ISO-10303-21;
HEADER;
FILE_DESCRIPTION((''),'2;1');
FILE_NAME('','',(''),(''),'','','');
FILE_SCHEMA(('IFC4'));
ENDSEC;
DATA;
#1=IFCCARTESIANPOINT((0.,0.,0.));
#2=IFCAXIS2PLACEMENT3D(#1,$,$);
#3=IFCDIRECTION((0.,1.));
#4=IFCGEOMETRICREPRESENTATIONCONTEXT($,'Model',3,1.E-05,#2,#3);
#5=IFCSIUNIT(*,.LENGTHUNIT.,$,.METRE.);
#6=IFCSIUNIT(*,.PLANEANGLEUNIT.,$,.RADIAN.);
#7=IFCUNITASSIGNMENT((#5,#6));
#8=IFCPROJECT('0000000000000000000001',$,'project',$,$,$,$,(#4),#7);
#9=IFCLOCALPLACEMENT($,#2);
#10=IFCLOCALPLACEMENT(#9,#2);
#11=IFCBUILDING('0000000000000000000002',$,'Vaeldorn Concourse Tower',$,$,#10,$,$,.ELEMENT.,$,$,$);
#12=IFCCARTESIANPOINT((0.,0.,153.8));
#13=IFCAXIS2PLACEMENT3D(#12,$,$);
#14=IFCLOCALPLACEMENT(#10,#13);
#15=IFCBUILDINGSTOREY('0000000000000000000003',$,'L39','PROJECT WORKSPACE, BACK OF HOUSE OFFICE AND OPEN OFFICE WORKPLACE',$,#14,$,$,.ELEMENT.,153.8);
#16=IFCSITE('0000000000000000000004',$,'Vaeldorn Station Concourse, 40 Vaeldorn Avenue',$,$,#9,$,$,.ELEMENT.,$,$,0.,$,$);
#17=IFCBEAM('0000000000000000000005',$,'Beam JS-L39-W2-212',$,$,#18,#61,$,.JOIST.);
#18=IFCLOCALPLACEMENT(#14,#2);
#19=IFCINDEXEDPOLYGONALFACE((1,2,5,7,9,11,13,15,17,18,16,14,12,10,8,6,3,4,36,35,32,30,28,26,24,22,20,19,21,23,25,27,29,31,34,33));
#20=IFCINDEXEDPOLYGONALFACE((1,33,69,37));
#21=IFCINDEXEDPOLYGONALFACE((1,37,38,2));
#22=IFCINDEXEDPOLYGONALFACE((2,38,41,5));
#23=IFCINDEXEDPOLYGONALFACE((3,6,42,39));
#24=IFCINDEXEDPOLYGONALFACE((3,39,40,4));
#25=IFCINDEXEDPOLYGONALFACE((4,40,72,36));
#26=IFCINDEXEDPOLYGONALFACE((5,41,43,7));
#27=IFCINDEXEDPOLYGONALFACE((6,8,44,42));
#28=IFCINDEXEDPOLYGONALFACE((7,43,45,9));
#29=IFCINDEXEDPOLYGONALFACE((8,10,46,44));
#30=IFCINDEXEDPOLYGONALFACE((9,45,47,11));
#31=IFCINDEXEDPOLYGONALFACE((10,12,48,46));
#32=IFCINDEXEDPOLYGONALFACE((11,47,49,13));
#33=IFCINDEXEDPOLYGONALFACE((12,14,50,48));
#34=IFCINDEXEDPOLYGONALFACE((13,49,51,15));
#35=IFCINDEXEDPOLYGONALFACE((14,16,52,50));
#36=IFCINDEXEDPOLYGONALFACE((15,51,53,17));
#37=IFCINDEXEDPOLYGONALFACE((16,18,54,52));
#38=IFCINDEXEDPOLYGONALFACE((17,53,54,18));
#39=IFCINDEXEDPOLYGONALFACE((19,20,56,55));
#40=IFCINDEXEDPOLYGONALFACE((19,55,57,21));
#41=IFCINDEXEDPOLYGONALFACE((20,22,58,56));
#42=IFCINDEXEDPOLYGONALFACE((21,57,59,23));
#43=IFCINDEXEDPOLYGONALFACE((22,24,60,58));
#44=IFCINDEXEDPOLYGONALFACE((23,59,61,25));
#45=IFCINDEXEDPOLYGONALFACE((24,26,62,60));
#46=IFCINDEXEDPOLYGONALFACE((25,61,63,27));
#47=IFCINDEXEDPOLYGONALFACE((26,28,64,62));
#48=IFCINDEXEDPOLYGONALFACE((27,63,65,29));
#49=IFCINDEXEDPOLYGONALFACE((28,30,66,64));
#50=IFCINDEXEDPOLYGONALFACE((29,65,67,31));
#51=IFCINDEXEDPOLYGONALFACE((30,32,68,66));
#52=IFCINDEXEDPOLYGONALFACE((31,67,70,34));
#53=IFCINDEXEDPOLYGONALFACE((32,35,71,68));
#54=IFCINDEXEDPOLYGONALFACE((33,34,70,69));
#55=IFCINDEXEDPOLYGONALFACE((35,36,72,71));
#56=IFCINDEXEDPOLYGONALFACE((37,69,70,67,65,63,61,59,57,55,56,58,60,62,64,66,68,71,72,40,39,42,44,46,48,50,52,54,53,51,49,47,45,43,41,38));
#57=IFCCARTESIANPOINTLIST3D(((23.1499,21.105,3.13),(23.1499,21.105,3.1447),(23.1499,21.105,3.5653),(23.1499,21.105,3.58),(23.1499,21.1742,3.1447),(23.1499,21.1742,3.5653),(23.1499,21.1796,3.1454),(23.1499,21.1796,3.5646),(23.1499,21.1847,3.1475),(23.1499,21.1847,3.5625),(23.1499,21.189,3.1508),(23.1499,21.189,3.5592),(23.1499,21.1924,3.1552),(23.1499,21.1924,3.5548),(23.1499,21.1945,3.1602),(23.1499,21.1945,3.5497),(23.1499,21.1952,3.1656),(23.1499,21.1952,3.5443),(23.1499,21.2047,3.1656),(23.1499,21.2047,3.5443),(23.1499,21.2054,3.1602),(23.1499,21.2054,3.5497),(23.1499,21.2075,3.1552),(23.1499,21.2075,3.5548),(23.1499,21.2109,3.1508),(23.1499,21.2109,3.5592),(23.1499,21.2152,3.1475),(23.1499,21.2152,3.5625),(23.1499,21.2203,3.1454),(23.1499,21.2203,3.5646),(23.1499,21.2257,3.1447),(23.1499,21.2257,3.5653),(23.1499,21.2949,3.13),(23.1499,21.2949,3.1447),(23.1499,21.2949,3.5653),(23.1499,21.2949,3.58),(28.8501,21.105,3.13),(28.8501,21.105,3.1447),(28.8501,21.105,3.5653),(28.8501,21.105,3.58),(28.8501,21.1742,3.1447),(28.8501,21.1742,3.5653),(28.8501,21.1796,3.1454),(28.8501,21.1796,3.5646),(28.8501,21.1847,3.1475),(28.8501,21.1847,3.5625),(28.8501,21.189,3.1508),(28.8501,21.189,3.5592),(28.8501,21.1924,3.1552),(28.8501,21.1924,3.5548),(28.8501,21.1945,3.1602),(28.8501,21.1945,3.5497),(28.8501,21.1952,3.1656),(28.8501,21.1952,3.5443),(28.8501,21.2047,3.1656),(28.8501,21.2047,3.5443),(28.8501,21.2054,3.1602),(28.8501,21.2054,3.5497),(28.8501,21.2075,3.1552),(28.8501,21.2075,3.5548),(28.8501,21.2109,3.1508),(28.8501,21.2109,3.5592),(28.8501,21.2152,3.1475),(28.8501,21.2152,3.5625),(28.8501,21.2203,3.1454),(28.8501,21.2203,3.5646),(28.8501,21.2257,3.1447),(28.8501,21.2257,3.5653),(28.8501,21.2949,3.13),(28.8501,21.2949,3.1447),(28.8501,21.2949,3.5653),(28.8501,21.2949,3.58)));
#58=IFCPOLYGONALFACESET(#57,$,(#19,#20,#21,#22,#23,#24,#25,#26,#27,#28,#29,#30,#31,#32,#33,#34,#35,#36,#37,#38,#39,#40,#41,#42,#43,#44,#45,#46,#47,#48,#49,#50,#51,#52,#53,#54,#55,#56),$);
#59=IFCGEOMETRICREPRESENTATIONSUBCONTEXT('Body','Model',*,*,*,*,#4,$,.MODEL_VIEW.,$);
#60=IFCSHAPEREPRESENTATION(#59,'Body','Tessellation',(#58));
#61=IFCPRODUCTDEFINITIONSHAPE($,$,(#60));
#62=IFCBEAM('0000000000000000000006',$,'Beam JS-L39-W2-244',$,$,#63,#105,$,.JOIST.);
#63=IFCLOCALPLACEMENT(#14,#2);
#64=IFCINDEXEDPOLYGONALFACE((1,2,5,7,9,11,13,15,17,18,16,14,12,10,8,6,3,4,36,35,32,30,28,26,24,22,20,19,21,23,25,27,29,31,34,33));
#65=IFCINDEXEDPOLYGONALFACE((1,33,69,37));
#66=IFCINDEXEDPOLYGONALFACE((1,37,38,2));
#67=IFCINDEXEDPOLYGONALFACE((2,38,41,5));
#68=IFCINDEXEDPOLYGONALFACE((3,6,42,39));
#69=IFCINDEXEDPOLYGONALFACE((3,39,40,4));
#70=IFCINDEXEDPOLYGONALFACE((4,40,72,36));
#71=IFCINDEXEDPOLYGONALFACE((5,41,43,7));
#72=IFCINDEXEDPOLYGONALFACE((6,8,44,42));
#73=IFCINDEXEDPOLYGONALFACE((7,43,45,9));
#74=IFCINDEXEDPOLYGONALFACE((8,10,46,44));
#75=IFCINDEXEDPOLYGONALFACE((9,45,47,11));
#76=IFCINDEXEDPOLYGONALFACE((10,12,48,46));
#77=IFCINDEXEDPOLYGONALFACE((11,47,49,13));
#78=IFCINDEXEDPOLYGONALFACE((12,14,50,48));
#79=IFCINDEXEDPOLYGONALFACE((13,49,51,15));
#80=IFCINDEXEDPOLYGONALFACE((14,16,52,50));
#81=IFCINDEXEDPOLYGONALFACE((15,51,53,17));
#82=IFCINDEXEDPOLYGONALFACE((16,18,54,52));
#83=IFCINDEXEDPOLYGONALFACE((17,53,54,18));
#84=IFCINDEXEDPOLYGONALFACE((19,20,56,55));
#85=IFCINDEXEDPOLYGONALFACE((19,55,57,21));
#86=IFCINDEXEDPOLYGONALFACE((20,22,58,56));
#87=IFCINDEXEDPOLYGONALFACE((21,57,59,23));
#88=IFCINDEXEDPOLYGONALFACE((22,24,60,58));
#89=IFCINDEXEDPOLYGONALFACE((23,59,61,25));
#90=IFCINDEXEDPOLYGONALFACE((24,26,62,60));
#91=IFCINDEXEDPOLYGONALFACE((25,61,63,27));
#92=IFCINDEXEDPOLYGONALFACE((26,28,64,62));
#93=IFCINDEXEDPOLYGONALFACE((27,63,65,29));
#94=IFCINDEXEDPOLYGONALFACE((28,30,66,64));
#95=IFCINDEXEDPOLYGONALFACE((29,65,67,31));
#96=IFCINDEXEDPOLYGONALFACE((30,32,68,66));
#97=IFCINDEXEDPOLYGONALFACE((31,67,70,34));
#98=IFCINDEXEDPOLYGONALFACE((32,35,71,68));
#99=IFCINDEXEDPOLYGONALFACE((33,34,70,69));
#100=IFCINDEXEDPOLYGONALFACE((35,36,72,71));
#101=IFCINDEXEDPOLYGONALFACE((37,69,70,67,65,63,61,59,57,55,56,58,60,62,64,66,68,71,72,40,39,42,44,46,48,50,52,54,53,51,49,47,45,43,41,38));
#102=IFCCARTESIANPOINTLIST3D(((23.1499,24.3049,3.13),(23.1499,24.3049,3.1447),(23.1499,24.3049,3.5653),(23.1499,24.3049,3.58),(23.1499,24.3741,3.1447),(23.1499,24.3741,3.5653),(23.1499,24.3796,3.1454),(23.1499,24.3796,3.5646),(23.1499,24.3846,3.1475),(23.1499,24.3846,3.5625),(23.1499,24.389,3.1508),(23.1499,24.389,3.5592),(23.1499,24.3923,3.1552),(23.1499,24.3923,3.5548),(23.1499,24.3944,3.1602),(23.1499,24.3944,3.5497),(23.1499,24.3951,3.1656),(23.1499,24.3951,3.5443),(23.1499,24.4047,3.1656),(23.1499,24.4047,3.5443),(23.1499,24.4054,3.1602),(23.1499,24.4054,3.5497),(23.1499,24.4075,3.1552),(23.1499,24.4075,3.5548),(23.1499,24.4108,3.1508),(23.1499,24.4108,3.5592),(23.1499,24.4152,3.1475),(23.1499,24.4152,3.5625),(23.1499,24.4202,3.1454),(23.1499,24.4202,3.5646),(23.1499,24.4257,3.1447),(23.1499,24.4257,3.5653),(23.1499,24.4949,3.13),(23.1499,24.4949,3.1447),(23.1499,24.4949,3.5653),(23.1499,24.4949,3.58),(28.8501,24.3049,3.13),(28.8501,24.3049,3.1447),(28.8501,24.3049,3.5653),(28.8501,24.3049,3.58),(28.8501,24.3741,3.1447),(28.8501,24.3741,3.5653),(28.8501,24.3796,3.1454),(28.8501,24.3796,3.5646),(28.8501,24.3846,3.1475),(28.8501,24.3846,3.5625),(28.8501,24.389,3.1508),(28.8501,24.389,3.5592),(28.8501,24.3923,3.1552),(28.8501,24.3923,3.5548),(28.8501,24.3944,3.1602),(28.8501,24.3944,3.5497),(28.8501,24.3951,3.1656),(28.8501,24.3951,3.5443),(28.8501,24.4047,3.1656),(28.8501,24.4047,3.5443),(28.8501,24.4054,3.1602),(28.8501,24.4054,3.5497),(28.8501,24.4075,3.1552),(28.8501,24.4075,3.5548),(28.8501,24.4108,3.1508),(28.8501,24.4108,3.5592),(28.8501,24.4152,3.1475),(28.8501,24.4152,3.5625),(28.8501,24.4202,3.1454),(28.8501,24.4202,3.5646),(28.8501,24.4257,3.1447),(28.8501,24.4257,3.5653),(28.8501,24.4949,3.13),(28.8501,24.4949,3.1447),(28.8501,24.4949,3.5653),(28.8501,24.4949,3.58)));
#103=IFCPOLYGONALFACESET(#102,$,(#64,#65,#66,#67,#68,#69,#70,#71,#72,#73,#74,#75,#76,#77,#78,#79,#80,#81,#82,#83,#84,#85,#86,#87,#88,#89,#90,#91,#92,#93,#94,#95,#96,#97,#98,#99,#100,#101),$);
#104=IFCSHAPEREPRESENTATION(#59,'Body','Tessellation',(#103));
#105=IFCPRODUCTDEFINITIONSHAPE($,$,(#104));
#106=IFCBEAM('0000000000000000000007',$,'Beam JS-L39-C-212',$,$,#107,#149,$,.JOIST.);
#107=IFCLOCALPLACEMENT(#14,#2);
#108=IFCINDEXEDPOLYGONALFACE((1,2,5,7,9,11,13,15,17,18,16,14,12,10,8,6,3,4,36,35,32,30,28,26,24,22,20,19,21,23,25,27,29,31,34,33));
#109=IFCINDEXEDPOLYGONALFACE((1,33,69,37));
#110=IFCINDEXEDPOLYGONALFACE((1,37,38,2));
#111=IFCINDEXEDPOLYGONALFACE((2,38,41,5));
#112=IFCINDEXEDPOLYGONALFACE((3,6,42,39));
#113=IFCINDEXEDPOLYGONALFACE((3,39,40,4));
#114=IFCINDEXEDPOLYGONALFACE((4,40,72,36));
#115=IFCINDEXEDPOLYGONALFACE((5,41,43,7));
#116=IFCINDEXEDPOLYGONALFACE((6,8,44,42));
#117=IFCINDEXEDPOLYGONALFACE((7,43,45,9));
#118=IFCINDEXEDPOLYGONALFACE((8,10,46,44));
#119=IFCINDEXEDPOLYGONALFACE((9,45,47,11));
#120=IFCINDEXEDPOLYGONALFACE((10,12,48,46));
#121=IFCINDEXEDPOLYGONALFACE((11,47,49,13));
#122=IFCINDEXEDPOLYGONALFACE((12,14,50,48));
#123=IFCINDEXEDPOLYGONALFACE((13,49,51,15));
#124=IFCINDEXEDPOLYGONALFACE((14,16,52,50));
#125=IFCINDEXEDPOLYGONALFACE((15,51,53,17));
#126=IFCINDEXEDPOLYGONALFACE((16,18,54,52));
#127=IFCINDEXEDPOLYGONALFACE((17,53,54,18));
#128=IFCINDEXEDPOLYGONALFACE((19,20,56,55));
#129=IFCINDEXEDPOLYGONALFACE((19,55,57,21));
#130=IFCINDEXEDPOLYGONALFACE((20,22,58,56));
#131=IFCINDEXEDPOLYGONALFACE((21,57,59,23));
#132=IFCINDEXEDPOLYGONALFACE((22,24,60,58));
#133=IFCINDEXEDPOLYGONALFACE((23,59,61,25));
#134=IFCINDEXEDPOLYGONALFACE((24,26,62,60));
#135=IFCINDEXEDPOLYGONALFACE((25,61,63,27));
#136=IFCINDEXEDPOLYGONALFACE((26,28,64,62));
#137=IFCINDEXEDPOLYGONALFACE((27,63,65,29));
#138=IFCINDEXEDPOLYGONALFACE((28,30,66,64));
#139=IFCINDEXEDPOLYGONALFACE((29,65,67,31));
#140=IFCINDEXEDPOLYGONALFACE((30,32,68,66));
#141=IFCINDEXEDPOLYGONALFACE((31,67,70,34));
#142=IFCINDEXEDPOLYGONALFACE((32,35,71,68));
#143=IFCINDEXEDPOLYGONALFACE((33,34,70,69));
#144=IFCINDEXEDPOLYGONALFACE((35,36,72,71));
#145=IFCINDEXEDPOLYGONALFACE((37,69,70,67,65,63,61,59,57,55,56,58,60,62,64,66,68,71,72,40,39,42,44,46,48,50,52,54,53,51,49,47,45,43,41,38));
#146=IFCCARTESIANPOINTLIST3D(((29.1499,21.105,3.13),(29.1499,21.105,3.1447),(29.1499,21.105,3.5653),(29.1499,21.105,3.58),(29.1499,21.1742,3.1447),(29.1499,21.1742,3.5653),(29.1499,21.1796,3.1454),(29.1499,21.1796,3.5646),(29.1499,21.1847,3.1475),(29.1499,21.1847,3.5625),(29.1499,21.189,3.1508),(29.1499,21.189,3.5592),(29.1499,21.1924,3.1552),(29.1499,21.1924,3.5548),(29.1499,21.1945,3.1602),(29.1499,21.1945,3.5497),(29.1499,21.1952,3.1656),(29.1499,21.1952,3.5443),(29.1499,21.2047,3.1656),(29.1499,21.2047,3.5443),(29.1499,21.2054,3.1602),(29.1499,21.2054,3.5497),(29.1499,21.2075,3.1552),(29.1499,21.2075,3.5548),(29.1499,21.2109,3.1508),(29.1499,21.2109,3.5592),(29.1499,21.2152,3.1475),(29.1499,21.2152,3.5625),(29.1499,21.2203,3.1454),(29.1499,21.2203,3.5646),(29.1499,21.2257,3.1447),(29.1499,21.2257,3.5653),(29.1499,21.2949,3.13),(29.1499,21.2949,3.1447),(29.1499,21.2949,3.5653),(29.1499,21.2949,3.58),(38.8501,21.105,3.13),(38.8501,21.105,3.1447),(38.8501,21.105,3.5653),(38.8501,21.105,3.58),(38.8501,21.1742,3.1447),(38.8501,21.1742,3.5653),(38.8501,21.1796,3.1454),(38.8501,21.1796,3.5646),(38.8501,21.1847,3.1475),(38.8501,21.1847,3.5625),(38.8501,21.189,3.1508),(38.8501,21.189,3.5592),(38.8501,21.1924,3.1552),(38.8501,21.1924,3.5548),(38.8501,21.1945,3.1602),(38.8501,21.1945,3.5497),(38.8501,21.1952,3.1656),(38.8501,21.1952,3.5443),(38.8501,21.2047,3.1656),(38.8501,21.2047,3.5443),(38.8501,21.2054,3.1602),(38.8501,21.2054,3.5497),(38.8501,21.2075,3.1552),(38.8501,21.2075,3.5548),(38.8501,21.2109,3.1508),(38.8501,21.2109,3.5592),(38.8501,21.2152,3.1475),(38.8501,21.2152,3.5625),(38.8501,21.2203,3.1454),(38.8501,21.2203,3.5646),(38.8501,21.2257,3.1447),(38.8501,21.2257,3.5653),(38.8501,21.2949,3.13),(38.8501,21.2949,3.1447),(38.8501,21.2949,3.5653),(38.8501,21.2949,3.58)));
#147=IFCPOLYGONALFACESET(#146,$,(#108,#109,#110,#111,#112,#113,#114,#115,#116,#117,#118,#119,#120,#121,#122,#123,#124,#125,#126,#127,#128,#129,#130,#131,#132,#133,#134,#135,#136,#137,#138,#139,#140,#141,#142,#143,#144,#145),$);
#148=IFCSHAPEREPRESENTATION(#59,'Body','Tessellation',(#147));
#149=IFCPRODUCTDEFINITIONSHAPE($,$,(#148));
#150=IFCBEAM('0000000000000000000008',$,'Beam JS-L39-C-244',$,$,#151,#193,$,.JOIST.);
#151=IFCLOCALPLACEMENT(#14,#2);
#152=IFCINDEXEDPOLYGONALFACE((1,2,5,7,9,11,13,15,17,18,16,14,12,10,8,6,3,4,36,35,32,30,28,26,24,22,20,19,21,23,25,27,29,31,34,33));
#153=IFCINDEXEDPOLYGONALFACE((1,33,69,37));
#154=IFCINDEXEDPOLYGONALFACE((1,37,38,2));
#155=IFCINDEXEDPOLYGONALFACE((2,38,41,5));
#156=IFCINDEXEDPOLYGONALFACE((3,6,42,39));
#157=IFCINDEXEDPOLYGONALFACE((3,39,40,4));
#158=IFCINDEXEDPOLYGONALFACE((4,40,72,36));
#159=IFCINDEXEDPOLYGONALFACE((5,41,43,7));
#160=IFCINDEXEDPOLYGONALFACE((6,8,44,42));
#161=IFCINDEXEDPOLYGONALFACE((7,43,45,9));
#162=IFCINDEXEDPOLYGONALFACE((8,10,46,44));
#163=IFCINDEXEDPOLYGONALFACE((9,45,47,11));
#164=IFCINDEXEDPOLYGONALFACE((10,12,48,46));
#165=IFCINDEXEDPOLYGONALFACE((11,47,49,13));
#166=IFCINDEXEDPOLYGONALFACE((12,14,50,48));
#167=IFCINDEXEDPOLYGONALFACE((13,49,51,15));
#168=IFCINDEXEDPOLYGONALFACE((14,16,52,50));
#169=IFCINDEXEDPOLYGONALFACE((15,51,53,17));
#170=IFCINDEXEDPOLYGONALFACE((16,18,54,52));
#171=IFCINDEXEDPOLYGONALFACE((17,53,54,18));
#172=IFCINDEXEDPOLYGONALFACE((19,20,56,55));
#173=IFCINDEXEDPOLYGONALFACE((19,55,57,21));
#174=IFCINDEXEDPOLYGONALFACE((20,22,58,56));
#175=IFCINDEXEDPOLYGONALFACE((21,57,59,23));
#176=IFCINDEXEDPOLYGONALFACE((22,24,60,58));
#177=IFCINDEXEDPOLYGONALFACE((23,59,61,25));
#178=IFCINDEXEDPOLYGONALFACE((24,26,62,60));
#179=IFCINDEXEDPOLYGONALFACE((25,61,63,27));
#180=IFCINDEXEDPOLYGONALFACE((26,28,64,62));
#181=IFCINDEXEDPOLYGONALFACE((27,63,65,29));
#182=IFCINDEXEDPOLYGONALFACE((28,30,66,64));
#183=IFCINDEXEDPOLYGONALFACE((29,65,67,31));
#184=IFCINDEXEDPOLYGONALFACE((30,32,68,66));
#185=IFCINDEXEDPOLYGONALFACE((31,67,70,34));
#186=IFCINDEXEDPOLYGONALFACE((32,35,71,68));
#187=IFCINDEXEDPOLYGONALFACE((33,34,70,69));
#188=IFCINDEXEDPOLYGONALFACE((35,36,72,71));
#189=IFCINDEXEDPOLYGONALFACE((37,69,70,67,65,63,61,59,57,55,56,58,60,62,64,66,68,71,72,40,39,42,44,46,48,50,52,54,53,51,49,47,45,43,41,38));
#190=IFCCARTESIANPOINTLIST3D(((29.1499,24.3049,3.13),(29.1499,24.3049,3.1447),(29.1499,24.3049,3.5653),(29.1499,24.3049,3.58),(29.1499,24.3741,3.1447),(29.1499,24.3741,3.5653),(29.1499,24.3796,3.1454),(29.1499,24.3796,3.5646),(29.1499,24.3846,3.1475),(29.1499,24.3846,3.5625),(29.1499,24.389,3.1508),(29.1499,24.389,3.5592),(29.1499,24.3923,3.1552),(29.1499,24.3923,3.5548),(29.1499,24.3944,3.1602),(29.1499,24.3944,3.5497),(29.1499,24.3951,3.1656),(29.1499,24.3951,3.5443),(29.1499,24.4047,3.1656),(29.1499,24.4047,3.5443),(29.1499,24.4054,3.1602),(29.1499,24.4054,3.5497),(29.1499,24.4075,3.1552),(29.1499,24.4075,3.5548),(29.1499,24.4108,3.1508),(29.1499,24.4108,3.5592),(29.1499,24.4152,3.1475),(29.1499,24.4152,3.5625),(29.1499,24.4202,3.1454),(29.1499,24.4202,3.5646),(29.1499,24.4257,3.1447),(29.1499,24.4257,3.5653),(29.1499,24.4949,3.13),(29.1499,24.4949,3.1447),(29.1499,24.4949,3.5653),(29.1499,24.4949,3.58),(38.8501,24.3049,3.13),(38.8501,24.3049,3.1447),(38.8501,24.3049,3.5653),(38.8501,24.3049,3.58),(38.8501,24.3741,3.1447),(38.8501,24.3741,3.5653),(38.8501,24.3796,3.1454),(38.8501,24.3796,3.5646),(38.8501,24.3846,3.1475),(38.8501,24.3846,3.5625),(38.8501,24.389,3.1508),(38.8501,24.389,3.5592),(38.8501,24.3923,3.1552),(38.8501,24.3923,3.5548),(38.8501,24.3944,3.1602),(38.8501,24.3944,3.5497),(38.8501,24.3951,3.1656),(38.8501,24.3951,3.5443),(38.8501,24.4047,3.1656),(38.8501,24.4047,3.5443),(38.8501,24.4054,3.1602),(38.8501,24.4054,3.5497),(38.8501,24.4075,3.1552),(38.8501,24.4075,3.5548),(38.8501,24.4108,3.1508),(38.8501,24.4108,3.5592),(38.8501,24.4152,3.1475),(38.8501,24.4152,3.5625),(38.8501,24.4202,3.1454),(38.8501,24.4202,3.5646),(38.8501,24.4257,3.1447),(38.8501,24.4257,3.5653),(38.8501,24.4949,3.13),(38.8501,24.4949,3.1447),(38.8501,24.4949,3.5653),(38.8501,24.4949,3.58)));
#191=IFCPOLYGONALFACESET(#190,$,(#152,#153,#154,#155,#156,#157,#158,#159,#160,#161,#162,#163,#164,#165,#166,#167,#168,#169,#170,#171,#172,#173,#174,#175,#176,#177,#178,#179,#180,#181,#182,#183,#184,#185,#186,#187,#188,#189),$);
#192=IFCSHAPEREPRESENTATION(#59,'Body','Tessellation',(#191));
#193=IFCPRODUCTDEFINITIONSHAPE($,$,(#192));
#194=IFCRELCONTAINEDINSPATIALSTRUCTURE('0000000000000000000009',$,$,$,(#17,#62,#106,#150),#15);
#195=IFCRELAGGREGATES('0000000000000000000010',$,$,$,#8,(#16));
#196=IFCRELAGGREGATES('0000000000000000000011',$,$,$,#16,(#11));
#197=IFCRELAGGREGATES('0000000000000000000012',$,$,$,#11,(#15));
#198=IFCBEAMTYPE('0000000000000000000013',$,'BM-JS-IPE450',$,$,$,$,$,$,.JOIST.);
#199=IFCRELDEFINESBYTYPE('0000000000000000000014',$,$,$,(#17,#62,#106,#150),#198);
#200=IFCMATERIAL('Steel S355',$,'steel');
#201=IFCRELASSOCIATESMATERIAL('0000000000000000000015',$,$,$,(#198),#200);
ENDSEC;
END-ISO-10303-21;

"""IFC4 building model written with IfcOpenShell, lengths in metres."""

from ifc_helpers import new_model, si_unit, direction, frame, origin, origin_2d, place, context, subcontext, project, spatial, i_section, extrude, source, transform, mapped, material, material_profile, profile_set, type_object, element, save


model = new_model("IFC4")

# Units and contexts
model_context = context("Model", 3, precision=1e-05, world=origin(), true_north=direction((0.0, 1.0)))
body_context = subcontext(model_context, "Body", "Model", "MODEL_VIEW")
ifc_project = project(units=[si_unit("LENGTHUNIT", "METRE"), si_unit("PLANEANGLEUNIT", "RADIAN")], contexts=[model_context])

# Site, building, storey
site_placement = place(None, origin())
site = spatial("IfcSite", under=ifc_project, at=site_placement, Name="Vaeldorn Station Concourse, 40 Vaeldorn Avenue", CompositionType="ELEMENT", RefElevation=0.0)
building_placement = place(site_placement, origin())
building = spatial("IfcBuilding", under=site, at=building_placement, Name="Vaeldorn Concourse Tower", CompositionType="ELEMENT")
storey_placement = place(building_placement, frame((0.0, 0.0, 153.8)))
storey = spatial("IfcBuildingStorey", under=building, at=storey_placement, Name="L39", Description="PROJECT WORKSPACE, BACK OF HOUSE OFFICE AND OPEN OFFICE WORKPLACE", CompositionType="ELEMENT", Elevation=153.8)

# Beams
ifc_material_1 = material(Name="Steel S355", Category="steel")
ifc_material_profile_1 = material_profile(ifc_material_1, i_section(OverallWidth=0.1899, OverallDepth=0.45, WebThickness=0.0095, FlangeThickness=0.0146, FilletRadius=0.021, at=origin_2d()), Name="IPE 450")
ifc_profile_set_1 = profile_set([ifc_material_profile_1], Name="Steel S355")
beam_type_1 = type_object("IfcBeamType", Name="BM-JS-IPE450", PredefinedType="JOIST", material=ifc_profile_set_1)
shared_shape_1 = source(origin(), body_context, "Body", "SweptSolid", [
    extrude(i_section(OverallWidth=0.1899, OverallDepth=0.45, WebThickness=0.0095, FlangeThickness=0.0146, FilletRadius=0.021, at=origin_2d()), origin(), (0.0, 0.0, 1.0), 5.7002),
])
for number, where, z_axis, x_axis, name in (
    (1, (23.1499, 21.2, 3.355), (1.0, 0.0, 0.0), (0.0, 1.0, 0.0), "Beam JS-L39-W2-212"),
    (2, (23.1499, 24.3999, 3.355), (1.0, 0.0, 0.0), (0.0, 1.0, 0.0), "Beam JS-L39-W2-244"),
):
    element("IfcBeam", number, at=place(storey_placement, frame(where, z_axis=z_axis, x_axis=x_axis)), inside=storey, type_object=beam_type_1, Name=name, PredefinedType="JOIST", context=body_context, shape_type="MappedRepresentation", body=[
        mapped(shared_shape_1, transform((0.0, 0.0, 0.0), scale=1.0)),
    ])
shared_shape_2 = source(origin(), body_context, "Body", "SweptSolid", [
    extrude(i_section(OverallWidth=0.1899, OverallDepth=0.45, WebThickness=0.0095, FlangeThickness=0.0146, FilletRadius=0.021, at=origin_2d()), origin(), (0.0, 0.0, 1.0), 9.7002),
])
for number, where, z_axis, x_axis, name in (
    (3, (29.1499, 21.2, 3.355), (1.0, 0.0, 0.0), (0.0, 1.0, 0.0), "Beam JS-L39-C-212"),
    (4, (29.1499, 24.3999, 3.355), (1.0, 0.0, 0.0), (0.0, 1.0, 0.0), "Beam JS-L39-C-244"),
):
    element("IfcBeam", number, at=place(storey_placement, frame(where, z_axis=z_axis, x_axis=x_axis)), inside=storey, type_object=beam_type_1, Name=name, PredefinedType="JOIST", context=body_context, shape_type="MappedRepresentation", body=[
        mapped(shared_shape_2, transform((0.0, 0.0, 0.0), scale=1.0)),
    ])

save(model, "model.ifc")
